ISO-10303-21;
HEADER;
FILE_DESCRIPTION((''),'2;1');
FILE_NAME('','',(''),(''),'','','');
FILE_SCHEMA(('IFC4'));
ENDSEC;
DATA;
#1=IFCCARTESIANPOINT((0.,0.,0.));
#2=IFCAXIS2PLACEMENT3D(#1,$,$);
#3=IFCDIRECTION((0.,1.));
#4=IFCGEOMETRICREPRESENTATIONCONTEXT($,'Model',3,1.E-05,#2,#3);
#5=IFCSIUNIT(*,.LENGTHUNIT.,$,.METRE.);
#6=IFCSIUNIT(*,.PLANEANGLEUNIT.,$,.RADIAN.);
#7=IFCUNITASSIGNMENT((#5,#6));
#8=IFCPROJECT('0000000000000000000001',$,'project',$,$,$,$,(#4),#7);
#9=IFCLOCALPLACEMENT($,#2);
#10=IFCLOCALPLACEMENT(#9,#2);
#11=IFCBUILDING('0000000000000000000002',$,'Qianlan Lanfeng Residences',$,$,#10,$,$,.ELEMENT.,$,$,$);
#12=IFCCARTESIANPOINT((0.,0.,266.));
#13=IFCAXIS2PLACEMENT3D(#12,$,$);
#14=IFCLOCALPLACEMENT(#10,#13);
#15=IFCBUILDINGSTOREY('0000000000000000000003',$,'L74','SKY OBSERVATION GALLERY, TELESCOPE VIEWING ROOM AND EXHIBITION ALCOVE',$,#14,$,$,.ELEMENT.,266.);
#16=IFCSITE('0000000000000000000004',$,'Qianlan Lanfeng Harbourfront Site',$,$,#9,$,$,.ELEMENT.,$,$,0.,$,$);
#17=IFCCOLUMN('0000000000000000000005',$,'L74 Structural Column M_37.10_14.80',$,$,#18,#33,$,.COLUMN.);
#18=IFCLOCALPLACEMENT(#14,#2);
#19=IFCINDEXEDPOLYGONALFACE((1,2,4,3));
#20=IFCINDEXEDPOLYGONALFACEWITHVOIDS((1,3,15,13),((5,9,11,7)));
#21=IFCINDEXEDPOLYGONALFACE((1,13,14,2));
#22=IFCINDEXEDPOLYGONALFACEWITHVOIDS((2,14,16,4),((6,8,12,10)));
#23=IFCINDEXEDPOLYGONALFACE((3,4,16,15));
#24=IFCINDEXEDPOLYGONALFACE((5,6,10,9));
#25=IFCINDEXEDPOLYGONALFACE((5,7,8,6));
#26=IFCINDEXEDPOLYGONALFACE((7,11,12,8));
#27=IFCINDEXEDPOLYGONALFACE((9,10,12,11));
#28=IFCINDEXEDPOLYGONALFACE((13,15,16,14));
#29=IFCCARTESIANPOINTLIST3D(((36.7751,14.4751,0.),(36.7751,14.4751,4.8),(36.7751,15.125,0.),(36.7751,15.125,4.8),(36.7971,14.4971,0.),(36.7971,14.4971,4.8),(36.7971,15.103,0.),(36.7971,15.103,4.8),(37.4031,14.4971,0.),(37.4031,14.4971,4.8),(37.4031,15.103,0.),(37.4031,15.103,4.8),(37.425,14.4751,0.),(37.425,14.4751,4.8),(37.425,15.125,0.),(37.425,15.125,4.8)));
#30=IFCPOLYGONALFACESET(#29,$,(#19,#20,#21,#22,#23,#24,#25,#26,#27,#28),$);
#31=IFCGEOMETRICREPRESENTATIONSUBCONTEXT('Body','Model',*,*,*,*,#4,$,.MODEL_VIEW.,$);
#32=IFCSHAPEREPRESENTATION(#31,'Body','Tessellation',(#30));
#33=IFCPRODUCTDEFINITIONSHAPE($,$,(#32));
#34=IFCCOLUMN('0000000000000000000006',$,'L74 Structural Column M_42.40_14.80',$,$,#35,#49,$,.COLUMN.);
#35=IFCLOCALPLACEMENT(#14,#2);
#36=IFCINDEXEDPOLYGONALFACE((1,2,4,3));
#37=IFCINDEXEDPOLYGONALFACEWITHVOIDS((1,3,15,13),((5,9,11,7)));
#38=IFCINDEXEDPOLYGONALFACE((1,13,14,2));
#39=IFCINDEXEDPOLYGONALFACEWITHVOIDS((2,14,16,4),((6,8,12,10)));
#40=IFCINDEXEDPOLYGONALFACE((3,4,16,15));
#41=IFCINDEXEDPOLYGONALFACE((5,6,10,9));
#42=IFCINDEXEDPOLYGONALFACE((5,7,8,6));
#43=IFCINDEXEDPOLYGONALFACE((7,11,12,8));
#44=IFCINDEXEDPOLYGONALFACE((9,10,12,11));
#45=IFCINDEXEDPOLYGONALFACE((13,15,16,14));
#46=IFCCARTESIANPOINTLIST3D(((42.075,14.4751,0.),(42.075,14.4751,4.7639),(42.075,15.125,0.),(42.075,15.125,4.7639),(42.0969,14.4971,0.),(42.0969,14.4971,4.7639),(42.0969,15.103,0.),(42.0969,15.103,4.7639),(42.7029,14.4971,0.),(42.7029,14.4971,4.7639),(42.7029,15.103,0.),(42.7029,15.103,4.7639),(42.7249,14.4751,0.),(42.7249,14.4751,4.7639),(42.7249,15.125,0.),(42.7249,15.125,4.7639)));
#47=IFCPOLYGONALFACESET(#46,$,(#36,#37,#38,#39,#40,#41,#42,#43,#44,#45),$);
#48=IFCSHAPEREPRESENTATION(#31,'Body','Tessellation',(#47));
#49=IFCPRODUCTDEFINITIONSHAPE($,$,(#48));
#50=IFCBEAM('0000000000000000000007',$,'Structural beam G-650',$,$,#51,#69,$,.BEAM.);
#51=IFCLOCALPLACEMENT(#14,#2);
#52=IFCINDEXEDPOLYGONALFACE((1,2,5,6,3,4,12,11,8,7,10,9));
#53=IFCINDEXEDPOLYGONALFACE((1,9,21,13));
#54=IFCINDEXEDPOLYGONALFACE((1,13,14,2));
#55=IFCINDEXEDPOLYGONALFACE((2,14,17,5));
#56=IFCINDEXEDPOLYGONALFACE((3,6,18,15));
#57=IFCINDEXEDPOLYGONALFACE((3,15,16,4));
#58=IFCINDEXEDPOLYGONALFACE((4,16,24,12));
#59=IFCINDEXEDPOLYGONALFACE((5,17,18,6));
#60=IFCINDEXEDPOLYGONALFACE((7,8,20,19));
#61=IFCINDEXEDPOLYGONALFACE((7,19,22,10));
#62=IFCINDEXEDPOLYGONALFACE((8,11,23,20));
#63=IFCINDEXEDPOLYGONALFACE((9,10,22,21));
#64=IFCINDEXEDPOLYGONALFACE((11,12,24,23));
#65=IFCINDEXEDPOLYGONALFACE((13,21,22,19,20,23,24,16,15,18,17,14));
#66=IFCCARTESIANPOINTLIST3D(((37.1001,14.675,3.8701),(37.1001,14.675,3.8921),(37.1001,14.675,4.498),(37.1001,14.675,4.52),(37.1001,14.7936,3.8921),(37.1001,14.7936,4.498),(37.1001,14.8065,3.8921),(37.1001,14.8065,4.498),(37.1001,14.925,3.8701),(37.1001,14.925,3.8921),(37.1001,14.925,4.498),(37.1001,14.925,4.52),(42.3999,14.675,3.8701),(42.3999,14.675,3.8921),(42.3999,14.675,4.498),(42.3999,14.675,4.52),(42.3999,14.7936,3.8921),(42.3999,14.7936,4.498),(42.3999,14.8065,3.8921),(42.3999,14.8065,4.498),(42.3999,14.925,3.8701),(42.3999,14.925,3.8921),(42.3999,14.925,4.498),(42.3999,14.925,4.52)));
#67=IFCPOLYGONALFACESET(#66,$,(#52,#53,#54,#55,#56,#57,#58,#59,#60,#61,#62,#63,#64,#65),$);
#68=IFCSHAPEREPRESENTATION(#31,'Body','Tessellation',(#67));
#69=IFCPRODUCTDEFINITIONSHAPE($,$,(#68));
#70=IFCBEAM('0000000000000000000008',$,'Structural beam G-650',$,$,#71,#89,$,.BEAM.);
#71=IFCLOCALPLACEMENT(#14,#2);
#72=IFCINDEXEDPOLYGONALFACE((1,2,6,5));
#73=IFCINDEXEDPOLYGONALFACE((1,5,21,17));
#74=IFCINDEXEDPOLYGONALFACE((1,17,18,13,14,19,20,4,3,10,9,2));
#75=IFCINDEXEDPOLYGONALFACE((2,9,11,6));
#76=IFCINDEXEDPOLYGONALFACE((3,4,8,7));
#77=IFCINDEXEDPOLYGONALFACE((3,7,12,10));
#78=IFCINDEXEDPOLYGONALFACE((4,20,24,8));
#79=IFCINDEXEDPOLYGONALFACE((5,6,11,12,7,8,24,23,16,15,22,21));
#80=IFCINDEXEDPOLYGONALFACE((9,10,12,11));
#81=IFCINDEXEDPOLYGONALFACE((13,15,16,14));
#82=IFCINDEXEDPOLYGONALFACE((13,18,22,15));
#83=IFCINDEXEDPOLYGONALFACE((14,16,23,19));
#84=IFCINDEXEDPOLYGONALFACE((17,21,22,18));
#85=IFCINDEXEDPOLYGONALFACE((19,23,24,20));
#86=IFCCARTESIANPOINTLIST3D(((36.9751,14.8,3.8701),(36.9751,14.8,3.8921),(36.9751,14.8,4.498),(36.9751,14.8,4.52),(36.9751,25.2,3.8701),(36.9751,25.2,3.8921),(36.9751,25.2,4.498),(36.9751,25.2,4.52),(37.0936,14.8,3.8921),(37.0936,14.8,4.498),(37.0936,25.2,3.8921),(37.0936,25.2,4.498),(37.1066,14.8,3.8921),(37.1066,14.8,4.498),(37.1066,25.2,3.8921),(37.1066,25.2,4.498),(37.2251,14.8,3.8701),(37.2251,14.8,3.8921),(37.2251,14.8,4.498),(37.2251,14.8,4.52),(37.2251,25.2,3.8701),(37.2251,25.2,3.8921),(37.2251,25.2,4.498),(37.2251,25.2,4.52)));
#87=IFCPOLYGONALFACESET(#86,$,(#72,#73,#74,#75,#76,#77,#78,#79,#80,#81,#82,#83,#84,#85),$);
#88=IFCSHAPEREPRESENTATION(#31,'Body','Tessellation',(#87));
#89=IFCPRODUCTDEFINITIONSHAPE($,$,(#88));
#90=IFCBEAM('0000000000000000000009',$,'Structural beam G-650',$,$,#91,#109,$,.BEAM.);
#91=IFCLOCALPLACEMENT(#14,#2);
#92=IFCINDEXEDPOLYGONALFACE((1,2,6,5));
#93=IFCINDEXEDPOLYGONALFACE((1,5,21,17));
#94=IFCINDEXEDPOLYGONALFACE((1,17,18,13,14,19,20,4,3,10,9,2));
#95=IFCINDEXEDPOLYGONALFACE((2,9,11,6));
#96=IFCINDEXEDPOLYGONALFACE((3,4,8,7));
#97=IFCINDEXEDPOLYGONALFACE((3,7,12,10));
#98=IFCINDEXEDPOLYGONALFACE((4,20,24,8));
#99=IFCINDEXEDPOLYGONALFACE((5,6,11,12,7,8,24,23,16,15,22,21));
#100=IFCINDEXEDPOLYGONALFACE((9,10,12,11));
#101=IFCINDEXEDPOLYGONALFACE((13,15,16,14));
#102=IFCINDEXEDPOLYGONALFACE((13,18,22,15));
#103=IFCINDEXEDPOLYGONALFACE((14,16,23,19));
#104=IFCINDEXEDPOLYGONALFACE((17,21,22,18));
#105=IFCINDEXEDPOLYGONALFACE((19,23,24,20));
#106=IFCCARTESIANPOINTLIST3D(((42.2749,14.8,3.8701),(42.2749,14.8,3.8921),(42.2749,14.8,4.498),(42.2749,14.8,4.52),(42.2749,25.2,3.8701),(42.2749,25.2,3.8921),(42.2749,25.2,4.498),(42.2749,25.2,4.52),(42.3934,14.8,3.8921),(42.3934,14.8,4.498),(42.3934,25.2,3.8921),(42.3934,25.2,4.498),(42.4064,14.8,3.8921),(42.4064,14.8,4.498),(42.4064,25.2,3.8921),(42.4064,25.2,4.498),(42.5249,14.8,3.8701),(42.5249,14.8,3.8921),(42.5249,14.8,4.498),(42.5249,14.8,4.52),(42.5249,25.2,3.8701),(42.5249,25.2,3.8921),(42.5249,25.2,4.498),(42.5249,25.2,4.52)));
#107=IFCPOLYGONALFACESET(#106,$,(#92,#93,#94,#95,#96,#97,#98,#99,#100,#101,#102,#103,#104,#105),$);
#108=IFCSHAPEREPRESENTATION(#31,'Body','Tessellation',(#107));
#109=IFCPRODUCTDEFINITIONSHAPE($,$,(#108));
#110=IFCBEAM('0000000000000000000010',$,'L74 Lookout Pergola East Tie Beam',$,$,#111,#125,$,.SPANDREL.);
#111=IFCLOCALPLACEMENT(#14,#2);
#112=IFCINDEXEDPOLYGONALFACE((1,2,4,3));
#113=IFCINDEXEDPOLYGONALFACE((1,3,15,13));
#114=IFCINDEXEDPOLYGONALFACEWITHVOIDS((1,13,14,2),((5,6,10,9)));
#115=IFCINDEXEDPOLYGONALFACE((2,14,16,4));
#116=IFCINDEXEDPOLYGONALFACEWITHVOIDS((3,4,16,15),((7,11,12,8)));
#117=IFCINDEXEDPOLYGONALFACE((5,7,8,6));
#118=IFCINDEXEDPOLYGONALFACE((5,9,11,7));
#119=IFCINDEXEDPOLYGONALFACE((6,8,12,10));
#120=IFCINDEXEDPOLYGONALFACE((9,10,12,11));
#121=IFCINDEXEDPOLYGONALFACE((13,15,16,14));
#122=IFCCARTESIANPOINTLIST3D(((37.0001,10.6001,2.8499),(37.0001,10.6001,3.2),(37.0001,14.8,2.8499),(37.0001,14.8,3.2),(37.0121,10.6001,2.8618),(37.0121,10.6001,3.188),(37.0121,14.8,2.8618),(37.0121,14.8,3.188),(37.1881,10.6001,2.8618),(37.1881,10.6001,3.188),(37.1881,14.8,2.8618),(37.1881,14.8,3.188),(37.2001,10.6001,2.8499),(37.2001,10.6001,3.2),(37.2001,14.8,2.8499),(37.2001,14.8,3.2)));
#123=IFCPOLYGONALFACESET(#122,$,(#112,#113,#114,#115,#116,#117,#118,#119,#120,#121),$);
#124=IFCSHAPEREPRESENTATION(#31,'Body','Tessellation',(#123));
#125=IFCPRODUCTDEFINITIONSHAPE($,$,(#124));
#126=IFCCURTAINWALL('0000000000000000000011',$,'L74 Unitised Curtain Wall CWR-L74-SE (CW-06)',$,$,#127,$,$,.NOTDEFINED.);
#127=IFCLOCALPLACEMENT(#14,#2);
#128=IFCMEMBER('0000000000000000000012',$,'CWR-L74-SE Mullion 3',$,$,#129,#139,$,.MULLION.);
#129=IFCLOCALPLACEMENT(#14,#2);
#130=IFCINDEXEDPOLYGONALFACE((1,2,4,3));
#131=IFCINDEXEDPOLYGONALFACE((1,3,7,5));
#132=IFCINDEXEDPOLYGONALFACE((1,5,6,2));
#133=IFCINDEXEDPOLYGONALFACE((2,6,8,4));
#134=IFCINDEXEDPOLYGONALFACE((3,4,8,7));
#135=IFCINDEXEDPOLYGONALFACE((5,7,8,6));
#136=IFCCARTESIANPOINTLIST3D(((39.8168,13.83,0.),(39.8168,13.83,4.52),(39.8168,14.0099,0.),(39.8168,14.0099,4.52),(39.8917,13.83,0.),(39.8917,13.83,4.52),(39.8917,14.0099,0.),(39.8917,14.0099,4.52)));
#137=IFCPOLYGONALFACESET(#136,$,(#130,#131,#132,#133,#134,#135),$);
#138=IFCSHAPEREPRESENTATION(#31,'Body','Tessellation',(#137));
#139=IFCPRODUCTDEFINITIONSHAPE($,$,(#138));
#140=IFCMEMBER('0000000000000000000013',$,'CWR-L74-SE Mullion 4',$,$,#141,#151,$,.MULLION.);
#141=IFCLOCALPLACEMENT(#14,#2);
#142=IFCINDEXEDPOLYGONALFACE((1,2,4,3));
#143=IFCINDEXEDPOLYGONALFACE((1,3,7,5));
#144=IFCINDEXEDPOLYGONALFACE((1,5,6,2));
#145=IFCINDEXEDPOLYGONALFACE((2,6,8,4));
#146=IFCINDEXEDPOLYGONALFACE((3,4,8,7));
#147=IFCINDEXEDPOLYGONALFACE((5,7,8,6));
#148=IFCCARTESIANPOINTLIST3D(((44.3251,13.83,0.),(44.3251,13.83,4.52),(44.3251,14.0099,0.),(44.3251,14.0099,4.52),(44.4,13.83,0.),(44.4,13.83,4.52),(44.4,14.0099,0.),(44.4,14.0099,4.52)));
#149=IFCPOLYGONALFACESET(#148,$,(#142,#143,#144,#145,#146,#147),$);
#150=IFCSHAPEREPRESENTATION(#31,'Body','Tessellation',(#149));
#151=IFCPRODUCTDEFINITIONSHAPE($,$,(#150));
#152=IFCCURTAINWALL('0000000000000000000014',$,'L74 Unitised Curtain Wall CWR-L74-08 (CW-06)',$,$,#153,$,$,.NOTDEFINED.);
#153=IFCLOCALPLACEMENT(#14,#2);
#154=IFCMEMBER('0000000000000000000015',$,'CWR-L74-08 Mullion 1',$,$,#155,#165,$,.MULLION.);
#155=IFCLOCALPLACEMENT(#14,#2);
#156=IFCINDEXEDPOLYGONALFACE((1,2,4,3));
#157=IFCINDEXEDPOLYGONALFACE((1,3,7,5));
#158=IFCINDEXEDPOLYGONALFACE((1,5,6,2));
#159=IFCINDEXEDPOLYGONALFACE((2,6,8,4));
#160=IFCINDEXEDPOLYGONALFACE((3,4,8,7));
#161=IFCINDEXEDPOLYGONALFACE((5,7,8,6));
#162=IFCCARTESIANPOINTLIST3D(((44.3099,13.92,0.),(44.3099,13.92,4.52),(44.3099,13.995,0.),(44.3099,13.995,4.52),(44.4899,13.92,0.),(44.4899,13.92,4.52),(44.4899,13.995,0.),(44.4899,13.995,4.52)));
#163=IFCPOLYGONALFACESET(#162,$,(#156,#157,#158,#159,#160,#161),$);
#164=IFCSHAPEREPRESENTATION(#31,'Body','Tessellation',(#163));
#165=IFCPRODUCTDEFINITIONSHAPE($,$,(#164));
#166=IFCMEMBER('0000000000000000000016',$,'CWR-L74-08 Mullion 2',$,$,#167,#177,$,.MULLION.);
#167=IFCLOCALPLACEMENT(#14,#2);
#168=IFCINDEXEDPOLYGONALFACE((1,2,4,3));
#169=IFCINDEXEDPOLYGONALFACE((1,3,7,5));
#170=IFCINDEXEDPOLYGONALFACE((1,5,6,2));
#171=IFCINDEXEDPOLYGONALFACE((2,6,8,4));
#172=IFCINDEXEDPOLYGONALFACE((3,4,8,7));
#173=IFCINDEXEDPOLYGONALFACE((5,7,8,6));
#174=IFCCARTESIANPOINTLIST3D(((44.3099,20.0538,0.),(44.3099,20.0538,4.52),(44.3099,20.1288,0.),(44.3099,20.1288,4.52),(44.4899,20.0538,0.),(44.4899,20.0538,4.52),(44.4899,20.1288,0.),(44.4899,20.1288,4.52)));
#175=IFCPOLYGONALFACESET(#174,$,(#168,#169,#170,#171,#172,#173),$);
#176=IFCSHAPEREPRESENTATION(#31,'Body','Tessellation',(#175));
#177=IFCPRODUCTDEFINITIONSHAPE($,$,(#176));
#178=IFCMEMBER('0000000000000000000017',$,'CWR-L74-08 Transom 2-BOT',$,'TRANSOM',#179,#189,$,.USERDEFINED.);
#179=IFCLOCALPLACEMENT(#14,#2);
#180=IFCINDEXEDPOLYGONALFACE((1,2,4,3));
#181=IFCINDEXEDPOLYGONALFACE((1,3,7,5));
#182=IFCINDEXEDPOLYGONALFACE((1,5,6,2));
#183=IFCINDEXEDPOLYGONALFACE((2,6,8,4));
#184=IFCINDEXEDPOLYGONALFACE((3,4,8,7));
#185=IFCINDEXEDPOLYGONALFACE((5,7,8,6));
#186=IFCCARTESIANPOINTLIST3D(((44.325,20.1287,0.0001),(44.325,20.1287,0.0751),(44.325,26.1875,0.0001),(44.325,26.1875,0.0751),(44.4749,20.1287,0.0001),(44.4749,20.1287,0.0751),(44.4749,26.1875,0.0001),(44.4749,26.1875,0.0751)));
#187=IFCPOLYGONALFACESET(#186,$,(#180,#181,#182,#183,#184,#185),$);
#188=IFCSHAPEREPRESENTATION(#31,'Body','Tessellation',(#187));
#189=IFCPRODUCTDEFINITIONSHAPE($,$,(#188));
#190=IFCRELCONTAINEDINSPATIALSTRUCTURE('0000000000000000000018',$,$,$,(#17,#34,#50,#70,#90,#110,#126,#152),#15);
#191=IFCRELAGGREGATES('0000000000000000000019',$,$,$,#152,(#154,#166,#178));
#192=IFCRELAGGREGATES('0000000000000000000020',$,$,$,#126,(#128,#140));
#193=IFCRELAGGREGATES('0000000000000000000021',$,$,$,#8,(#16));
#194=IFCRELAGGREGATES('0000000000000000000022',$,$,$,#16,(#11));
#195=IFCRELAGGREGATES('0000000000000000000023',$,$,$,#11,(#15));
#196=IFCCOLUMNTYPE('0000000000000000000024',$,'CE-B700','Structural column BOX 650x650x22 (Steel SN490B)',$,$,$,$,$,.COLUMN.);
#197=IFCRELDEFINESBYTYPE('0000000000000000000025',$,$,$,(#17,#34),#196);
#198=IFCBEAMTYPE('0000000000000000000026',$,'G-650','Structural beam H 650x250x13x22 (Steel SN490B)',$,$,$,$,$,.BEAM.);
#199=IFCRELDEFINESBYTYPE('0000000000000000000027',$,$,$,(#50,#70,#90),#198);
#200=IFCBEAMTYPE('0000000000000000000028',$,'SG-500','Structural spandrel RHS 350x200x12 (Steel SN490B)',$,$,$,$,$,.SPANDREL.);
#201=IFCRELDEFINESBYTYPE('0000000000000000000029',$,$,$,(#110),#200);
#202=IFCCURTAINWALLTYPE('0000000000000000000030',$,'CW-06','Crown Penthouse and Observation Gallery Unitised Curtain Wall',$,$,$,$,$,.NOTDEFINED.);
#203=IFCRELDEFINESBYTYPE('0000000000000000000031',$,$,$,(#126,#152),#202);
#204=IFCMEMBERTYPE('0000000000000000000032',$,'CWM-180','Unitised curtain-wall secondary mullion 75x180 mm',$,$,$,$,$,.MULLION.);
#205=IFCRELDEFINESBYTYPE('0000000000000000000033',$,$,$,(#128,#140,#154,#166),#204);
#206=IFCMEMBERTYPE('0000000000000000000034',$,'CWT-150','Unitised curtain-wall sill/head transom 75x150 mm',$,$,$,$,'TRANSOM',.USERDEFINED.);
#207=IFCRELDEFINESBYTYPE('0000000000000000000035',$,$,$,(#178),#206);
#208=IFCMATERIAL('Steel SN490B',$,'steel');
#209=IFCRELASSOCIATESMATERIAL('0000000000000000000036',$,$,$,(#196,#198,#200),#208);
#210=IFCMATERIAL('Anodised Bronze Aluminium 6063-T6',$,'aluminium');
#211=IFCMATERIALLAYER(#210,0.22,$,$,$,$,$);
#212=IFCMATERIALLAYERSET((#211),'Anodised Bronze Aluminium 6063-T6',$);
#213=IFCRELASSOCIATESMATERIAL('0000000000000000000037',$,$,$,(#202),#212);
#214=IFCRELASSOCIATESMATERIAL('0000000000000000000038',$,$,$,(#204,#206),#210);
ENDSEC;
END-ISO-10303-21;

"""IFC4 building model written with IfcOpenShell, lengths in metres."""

from ifc_helpers import new_model, si_unit, direction, frame, origin, origin_2d, place, context, subcontext, project, spatial, rectangle, hollow_rectangle, i_section, extrude, source, transform, mapped, material, layer, layer_set, material_profile, profile_set, type_object, element, aggregate, save


model = new_model("IFC4")

# Units and contexts
model_context = context("Model", 3, precision=1e-05, world=origin(), true_north=direction((0.0, 1.0)))
body_context = subcontext(model_context, "Body", "Model", "MODEL_VIEW")
ifc_project = project(units=[si_unit("LENGTHUNIT", "METRE"), si_unit("PLANEANGLEUNIT", "RADIAN")], contexts=[model_context])

# Site, building, storey
site_placement = place(None, origin())
site = spatial("IfcSite", under=ifc_project, at=site_placement, Name="Qianlan Lanfeng Harbourfront Site", CompositionType="ELEMENT", RefElevation=0.0)
building_placement = place(site_placement, origin())
building = spatial("IfcBuilding", under=site, at=building_placement, Name="Qianlan Lanfeng Residences", CompositionType="ELEMENT")
storey_placement = place(building_placement, frame((0.0, 0.0, 266.0)))
storey = spatial("IfcBuildingStorey", under=building, at=storey_placement, Name="L74", Description="SKY OBSERVATION GALLERY, TELESCOPE VIEWING ROOM AND EXHIBITION ALCOVE", CompositionType="ELEMENT", Elevation=266.0)

# Columns
ifc_material_1 = material(Name="Steel SN490B", Category="steel")
ifc_material_profile_1 = material_profile(ifc_material_1, hollow_rectangle(XDim=0.6499, YDim=0.6499, WallThickness=0.022, at=origin_2d()), Name="BOX 650x650x22")
ifc_profile_set_1 = profile_set([ifc_material_profile_1], Name="Steel SN490B")
column_type = type_object("IfcColumnType", Name="CE-B700", Description="Structural column BOX 650x650x22 (Steel SN490B)", PredefinedType="COLUMN", material=ifc_profile_set_1)
column_1_placement = place(storey_placement, frame((37.1001, 14.8, 0.0), z_axis=(0.0, 0.0, 1.0), x_axis=(1.0, 0.0, 0.0)))
element("IfcColumn", 1, at=column_1_placement, inside=storey, type_object=column_type, Name="L74 Structural Column M_37.10_14.80", PredefinedType="COLUMN", context=body_context, shape_type="SweptSolid", body=[
    extrude(hollow_rectangle(XDim=0.6499, YDim=0.6499, WallThickness=0.022, at=origin_2d()), origin(), (0.0, 0.0, 1.0), 4.8),
])
column_2_placement = place(storey_placement, frame((42.3999, 14.8, 0.0), z_axis=(0.0, 0.0, 1.0), x_axis=(1.0, 0.0, 0.0)))
element("IfcColumn", 2, at=column_2_placement, inside=storey, type_object=column_type, Name="L74 Structural Column M_42.40_14.80", PredefinedType="COLUMN", context=body_context, shape_type="SweptSolid", body=[
    extrude(hollow_rectangle(XDim=0.6499, YDim=0.6499, WallThickness=0.022, at=origin_2d()), origin(), (0.0, 0.0, 1.0), 4.7639),
])

# Beams
ifc_material_profile_2 = material_profile(ifc_material_1, i_section(OverallWidth=0.25, OverallDepth=0.6499, WebThickness=0.0129, FlangeThickness=0.022, at=origin_2d()), Name="H 650x250x13x22")
ifc_profile_set_2 = profile_set([ifc_material_profile_2], Name="Steel SN490B")
beam_type_1 = type_object("IfcBeamType", Name="G-650", Description="Structural beam H 650x250x13x22 (Steel SN490B)", PredefinedType="BEAM", material=ifc_profile_set_2)
beam_1_placement = place(storey_placement, frame((37.1001, 14.8, 4.1951), z_axis=(1.0, 0.0, 0.0), x_axis=(0.0, 1.0, 0.0)))
element("IfcBeam", 3, at=beam_1_placement, inside=storey, type_object=beam_type_1, Name="Structural beam G-650", PredefinedType="BEAM", context=body_context, shape_type="SweptSolid", body=[
    extrude(i_section(OverallWidth=0.25, OverallDepth=0.6499, WebThickness=0.0129, FlangeThickness=0.022, at=origin_2d()), origin(), (0.0, 0.0, 1.0), 5.2998),
])
for number, where, z_axis, x_axis, name in (
    (4, (37.1001, 14.8, 4.1951), (0.0, 1.0, 0.0), (-1.0, 0.0, 0.0), "Structural beam G-650"),
    (5, (42.3999, 14.8, 4.1951), (0.0, 1.0, 0.0), (-1.0, 0.0, 0.0), "Structural beam G-650"),
):
    element("IfcBeam", number, at=place(storey_placement, frame(where, z_axis=z_axis, x_axis=x_axis)), inside=storey, type_object=beam_type_1, Name=name, PredefinedType="BEAM", context=body_context, shape_type="SweptSolid", body=[
        extrude(i_section(OverallWidth=0.25, OverallDepth=0.6499, WebThickness=0.0129, FlangeThickness=0.022, at=origin_2d()), origin(), (0.0, 0.0, 1.0), 10.3999),
    ])
ifc_material_profile_3 = material_profile(ifc_material_1, hollow_rectangle(XDim=0.2, YDim=0.3501, WallThickness=0.012, at=origin_2d()), Name="RHS 350x200x12")
ifc_profile_set_3 = profile_set([ifc_material_profile_3], Name="Steel SN490B")
beam_type_2 = type_object("IfcBeamType", Name="SG-500", Description="Structural spandrel RHS 350x200x12 (Steel SN490B)", PredefinedType="SPANDREL", material=ifc_profile_set_3)
beam_2_placement = place(storey_placement, frame((37.1001, 10.6001, 3.0249), z_axis=(0.0, 1.0, 0.0), x_axis=(-1.0, 0.0, 0.0)))
element("IfcBeam", 6, at=beam_2_placement, inside=storey, type_object=beam_type_2, Name="L74 Lookout Pergola East Tie Beam", PredefinedType="SPANDREL", context=body_context, shape_type="SweptSolid", body=[
    extrude(hollow_rectangle(XDim=0.2, YDim=0.3501, WallThickness=0.012, at=origin_2d()), origin(), (0.0, 0.0, 1.0), 4.2),
])

# Curtain walls, members
ifc_material_2 = material(Name="Anodised Bronze Aluminium 6063-T6", Category="aluminium")
ifc_layer_1 = layer(ifc_material_2, 0.22)
ifc_layer_set_1 = layer_set([ifc_layer_1], Name="Anodised Bronze Aluminium 6063-T6")
curtain_wall_type = type_object("IfcCurtainWallType", Name="CW-06", Description="Crown Penthouse and Observation Gallery Unitised Curtain Wall", PredefinedType="NOTDEFINED", material=ifc_layer_set_1)
curtain_wall_1_placement = place(storey_placement, origin())
curtain_wall_1 = element("IfcCurtainWall", 7, at=curtain_wall_1_placement, inside=storey, type_object=curtain_wall_type, Name="L74 Unitised Curtain Wall CWR-L74-SE (CW-06)", PredefinedType="NOTDEFINED")
ifc_material_profile_4 = material_profile(ifc_material_2, rectangle(XDim=0.075, YDim=0.1799, at=origin_2d()), Name="ALU MULLION 75x180")
ifc_profile_set_4 = profile_set([ifc_material_profile_4], Name="Anodised Bronze Aluminium 6063-T6")
member_type_1 = type_object("IfcMemberType", Name="CWM-180", Description="Unitised curtain-wall secondary mullion 75x180 mm", PredefinedType="MULLION", material=ifc_profile_set_4)
shared_shape_1 = source(origin(), body_context, "Body", "SweptSolid", [
    extrude(rectangle(XDim=0.075, YDim=0.1799, at=origin_2d()), origin(), (0.0, 0.0, 1.0), 4.52),
])
member_1_placement = place(storey_placement, frame((39.8542, 13.9199, 0.0), z_axis=(0.0, 0.0, 1.0), x_axis=(1.0, 0.0, 0.0)))
member_1 = element("IfcMember", 8, at=member_1_placement, type_object=member_type_1, Name="CWR-L74-SE Mullion 3", PredefinedType="MULLION", context=body_context, shape_type="MappedRepresentation", body=[
    mapped(shared_shape_1, transform((0.0, 0.0, 0.0), scale=1.0)),
])
member_2_placement = place(storey_placement, frame((44.3625, 13.9199, 0.0), z_axis=(0.0, 0.0, 1.0), x_axis=(1.0, 0.0, 0.0)))
member_2 = element("IfcMember", 9, at=member_2_placement, type_object=member_type_1, Name="CWR-L74-SE Mullion 4", PredefinedType="MULLION", context=body_context, shape_type="MappedRepresentation", body=[
    mapped(shared_shape_1, transform((0.0, 0.0, 0.0), scale=1.0)),
])
curtain_wall_2_placement = place(storey_placement, origin())
curtain_wall_2 = element("IfcCurtainWall", 10, at=curtain_wall_2_placement, inside=storey, type_object=curtain_wall_type, Name="L74 Unitised Curtain Wall CWR-L74-08 (CW-06)", PredefinedType="NOTDEFINED")
member_3_placement = place(storey_placement, frame((44.3999, 13.9575, 0.0), z_axis=(0.0, 0.0, 1.0), x_axis=(0.0, 1.0, 0.0)))
member_3 = element("IfcMember", 11, at=member_3_placement, type_object=member_type_1, Name="CWR-L74-08 Mullion 1", PredefinedType="MULLION", context=body_context, shape_type="MappedRepresentation", body=[
    mapped(shared_shape_1, transform((0.0, 0.0, 0.0), scale=1.0)),
])
member_4_placement = place(storey_placement, frame((44.3999, 20.0913, 0.0), z_axis=(0.0, 0.0, 1.0), x_axis=(0.0, 1.0, 0.0)))
member_4 = element("IfcMember", 12, at=member_4_placement, type_object=member_type_1, Name="CWR-L74-08 Mullion 2", PredefinedType="MULLION", context=body_context, shape_type="MappedRepresentation", body=[
    mapped(shared_shape_1, transform((0.0, 0.0, 0.0), scale=1.0)),
])
ifc_material_profile_5 = material_profile(ifc_material_2, rectangle(XDim=0.075, YDim=0.1499, at=origin_2d()), Name="ALU TRANSOM 75x150")
ifc_profile_set_5 = profile_set([ifc_material_profile_5], Name="Anodised Bronze Aluminium 6063-T6")
member_type_2 = type_object("IfcMemberType", Name="CWT-150", Description="Unitised curtain-wall sill/head transom 75x150 mm", ElementType="TRANSOM", PredefinedType="USERDEFINED", material=ifc_profile_set_5)
shared_shape_2 = source(origin(), body_context, "Body", "SweptSolid", [
    extrude(rectangle(XDim=0.075, YDim=0.1499, at=origin_2d()), origin(), (0.0, 0.0, 1.0), 6.0588),
])
member_5_placement = place(storey_placement, frame((44.3999, 20.1287, 0.0376), z_axis=(0.0, 1.0, 0.0), x_axis=(0.0, 0.0, 1.0)))
member_5 = element("IfcMember", 13, at=member_5_placement, type_object=member_type_2, Name="CWR-L74-08 Transom 2-BOT", ObjectType="TRANSOM", PredefinedType="USERDEFINED", context=body_context, shape_type="MappedRepresentation", body=[
    mapped(shared_shape_2, transform((0.0, 0.0, 0.0), scale=1.0)),
])

aggregate(curtain_wall_2, [member_3, member_4, member_5])
aggregate(curtain_wall_1, [member_1, member_2])

save(model, "model.ifc")
